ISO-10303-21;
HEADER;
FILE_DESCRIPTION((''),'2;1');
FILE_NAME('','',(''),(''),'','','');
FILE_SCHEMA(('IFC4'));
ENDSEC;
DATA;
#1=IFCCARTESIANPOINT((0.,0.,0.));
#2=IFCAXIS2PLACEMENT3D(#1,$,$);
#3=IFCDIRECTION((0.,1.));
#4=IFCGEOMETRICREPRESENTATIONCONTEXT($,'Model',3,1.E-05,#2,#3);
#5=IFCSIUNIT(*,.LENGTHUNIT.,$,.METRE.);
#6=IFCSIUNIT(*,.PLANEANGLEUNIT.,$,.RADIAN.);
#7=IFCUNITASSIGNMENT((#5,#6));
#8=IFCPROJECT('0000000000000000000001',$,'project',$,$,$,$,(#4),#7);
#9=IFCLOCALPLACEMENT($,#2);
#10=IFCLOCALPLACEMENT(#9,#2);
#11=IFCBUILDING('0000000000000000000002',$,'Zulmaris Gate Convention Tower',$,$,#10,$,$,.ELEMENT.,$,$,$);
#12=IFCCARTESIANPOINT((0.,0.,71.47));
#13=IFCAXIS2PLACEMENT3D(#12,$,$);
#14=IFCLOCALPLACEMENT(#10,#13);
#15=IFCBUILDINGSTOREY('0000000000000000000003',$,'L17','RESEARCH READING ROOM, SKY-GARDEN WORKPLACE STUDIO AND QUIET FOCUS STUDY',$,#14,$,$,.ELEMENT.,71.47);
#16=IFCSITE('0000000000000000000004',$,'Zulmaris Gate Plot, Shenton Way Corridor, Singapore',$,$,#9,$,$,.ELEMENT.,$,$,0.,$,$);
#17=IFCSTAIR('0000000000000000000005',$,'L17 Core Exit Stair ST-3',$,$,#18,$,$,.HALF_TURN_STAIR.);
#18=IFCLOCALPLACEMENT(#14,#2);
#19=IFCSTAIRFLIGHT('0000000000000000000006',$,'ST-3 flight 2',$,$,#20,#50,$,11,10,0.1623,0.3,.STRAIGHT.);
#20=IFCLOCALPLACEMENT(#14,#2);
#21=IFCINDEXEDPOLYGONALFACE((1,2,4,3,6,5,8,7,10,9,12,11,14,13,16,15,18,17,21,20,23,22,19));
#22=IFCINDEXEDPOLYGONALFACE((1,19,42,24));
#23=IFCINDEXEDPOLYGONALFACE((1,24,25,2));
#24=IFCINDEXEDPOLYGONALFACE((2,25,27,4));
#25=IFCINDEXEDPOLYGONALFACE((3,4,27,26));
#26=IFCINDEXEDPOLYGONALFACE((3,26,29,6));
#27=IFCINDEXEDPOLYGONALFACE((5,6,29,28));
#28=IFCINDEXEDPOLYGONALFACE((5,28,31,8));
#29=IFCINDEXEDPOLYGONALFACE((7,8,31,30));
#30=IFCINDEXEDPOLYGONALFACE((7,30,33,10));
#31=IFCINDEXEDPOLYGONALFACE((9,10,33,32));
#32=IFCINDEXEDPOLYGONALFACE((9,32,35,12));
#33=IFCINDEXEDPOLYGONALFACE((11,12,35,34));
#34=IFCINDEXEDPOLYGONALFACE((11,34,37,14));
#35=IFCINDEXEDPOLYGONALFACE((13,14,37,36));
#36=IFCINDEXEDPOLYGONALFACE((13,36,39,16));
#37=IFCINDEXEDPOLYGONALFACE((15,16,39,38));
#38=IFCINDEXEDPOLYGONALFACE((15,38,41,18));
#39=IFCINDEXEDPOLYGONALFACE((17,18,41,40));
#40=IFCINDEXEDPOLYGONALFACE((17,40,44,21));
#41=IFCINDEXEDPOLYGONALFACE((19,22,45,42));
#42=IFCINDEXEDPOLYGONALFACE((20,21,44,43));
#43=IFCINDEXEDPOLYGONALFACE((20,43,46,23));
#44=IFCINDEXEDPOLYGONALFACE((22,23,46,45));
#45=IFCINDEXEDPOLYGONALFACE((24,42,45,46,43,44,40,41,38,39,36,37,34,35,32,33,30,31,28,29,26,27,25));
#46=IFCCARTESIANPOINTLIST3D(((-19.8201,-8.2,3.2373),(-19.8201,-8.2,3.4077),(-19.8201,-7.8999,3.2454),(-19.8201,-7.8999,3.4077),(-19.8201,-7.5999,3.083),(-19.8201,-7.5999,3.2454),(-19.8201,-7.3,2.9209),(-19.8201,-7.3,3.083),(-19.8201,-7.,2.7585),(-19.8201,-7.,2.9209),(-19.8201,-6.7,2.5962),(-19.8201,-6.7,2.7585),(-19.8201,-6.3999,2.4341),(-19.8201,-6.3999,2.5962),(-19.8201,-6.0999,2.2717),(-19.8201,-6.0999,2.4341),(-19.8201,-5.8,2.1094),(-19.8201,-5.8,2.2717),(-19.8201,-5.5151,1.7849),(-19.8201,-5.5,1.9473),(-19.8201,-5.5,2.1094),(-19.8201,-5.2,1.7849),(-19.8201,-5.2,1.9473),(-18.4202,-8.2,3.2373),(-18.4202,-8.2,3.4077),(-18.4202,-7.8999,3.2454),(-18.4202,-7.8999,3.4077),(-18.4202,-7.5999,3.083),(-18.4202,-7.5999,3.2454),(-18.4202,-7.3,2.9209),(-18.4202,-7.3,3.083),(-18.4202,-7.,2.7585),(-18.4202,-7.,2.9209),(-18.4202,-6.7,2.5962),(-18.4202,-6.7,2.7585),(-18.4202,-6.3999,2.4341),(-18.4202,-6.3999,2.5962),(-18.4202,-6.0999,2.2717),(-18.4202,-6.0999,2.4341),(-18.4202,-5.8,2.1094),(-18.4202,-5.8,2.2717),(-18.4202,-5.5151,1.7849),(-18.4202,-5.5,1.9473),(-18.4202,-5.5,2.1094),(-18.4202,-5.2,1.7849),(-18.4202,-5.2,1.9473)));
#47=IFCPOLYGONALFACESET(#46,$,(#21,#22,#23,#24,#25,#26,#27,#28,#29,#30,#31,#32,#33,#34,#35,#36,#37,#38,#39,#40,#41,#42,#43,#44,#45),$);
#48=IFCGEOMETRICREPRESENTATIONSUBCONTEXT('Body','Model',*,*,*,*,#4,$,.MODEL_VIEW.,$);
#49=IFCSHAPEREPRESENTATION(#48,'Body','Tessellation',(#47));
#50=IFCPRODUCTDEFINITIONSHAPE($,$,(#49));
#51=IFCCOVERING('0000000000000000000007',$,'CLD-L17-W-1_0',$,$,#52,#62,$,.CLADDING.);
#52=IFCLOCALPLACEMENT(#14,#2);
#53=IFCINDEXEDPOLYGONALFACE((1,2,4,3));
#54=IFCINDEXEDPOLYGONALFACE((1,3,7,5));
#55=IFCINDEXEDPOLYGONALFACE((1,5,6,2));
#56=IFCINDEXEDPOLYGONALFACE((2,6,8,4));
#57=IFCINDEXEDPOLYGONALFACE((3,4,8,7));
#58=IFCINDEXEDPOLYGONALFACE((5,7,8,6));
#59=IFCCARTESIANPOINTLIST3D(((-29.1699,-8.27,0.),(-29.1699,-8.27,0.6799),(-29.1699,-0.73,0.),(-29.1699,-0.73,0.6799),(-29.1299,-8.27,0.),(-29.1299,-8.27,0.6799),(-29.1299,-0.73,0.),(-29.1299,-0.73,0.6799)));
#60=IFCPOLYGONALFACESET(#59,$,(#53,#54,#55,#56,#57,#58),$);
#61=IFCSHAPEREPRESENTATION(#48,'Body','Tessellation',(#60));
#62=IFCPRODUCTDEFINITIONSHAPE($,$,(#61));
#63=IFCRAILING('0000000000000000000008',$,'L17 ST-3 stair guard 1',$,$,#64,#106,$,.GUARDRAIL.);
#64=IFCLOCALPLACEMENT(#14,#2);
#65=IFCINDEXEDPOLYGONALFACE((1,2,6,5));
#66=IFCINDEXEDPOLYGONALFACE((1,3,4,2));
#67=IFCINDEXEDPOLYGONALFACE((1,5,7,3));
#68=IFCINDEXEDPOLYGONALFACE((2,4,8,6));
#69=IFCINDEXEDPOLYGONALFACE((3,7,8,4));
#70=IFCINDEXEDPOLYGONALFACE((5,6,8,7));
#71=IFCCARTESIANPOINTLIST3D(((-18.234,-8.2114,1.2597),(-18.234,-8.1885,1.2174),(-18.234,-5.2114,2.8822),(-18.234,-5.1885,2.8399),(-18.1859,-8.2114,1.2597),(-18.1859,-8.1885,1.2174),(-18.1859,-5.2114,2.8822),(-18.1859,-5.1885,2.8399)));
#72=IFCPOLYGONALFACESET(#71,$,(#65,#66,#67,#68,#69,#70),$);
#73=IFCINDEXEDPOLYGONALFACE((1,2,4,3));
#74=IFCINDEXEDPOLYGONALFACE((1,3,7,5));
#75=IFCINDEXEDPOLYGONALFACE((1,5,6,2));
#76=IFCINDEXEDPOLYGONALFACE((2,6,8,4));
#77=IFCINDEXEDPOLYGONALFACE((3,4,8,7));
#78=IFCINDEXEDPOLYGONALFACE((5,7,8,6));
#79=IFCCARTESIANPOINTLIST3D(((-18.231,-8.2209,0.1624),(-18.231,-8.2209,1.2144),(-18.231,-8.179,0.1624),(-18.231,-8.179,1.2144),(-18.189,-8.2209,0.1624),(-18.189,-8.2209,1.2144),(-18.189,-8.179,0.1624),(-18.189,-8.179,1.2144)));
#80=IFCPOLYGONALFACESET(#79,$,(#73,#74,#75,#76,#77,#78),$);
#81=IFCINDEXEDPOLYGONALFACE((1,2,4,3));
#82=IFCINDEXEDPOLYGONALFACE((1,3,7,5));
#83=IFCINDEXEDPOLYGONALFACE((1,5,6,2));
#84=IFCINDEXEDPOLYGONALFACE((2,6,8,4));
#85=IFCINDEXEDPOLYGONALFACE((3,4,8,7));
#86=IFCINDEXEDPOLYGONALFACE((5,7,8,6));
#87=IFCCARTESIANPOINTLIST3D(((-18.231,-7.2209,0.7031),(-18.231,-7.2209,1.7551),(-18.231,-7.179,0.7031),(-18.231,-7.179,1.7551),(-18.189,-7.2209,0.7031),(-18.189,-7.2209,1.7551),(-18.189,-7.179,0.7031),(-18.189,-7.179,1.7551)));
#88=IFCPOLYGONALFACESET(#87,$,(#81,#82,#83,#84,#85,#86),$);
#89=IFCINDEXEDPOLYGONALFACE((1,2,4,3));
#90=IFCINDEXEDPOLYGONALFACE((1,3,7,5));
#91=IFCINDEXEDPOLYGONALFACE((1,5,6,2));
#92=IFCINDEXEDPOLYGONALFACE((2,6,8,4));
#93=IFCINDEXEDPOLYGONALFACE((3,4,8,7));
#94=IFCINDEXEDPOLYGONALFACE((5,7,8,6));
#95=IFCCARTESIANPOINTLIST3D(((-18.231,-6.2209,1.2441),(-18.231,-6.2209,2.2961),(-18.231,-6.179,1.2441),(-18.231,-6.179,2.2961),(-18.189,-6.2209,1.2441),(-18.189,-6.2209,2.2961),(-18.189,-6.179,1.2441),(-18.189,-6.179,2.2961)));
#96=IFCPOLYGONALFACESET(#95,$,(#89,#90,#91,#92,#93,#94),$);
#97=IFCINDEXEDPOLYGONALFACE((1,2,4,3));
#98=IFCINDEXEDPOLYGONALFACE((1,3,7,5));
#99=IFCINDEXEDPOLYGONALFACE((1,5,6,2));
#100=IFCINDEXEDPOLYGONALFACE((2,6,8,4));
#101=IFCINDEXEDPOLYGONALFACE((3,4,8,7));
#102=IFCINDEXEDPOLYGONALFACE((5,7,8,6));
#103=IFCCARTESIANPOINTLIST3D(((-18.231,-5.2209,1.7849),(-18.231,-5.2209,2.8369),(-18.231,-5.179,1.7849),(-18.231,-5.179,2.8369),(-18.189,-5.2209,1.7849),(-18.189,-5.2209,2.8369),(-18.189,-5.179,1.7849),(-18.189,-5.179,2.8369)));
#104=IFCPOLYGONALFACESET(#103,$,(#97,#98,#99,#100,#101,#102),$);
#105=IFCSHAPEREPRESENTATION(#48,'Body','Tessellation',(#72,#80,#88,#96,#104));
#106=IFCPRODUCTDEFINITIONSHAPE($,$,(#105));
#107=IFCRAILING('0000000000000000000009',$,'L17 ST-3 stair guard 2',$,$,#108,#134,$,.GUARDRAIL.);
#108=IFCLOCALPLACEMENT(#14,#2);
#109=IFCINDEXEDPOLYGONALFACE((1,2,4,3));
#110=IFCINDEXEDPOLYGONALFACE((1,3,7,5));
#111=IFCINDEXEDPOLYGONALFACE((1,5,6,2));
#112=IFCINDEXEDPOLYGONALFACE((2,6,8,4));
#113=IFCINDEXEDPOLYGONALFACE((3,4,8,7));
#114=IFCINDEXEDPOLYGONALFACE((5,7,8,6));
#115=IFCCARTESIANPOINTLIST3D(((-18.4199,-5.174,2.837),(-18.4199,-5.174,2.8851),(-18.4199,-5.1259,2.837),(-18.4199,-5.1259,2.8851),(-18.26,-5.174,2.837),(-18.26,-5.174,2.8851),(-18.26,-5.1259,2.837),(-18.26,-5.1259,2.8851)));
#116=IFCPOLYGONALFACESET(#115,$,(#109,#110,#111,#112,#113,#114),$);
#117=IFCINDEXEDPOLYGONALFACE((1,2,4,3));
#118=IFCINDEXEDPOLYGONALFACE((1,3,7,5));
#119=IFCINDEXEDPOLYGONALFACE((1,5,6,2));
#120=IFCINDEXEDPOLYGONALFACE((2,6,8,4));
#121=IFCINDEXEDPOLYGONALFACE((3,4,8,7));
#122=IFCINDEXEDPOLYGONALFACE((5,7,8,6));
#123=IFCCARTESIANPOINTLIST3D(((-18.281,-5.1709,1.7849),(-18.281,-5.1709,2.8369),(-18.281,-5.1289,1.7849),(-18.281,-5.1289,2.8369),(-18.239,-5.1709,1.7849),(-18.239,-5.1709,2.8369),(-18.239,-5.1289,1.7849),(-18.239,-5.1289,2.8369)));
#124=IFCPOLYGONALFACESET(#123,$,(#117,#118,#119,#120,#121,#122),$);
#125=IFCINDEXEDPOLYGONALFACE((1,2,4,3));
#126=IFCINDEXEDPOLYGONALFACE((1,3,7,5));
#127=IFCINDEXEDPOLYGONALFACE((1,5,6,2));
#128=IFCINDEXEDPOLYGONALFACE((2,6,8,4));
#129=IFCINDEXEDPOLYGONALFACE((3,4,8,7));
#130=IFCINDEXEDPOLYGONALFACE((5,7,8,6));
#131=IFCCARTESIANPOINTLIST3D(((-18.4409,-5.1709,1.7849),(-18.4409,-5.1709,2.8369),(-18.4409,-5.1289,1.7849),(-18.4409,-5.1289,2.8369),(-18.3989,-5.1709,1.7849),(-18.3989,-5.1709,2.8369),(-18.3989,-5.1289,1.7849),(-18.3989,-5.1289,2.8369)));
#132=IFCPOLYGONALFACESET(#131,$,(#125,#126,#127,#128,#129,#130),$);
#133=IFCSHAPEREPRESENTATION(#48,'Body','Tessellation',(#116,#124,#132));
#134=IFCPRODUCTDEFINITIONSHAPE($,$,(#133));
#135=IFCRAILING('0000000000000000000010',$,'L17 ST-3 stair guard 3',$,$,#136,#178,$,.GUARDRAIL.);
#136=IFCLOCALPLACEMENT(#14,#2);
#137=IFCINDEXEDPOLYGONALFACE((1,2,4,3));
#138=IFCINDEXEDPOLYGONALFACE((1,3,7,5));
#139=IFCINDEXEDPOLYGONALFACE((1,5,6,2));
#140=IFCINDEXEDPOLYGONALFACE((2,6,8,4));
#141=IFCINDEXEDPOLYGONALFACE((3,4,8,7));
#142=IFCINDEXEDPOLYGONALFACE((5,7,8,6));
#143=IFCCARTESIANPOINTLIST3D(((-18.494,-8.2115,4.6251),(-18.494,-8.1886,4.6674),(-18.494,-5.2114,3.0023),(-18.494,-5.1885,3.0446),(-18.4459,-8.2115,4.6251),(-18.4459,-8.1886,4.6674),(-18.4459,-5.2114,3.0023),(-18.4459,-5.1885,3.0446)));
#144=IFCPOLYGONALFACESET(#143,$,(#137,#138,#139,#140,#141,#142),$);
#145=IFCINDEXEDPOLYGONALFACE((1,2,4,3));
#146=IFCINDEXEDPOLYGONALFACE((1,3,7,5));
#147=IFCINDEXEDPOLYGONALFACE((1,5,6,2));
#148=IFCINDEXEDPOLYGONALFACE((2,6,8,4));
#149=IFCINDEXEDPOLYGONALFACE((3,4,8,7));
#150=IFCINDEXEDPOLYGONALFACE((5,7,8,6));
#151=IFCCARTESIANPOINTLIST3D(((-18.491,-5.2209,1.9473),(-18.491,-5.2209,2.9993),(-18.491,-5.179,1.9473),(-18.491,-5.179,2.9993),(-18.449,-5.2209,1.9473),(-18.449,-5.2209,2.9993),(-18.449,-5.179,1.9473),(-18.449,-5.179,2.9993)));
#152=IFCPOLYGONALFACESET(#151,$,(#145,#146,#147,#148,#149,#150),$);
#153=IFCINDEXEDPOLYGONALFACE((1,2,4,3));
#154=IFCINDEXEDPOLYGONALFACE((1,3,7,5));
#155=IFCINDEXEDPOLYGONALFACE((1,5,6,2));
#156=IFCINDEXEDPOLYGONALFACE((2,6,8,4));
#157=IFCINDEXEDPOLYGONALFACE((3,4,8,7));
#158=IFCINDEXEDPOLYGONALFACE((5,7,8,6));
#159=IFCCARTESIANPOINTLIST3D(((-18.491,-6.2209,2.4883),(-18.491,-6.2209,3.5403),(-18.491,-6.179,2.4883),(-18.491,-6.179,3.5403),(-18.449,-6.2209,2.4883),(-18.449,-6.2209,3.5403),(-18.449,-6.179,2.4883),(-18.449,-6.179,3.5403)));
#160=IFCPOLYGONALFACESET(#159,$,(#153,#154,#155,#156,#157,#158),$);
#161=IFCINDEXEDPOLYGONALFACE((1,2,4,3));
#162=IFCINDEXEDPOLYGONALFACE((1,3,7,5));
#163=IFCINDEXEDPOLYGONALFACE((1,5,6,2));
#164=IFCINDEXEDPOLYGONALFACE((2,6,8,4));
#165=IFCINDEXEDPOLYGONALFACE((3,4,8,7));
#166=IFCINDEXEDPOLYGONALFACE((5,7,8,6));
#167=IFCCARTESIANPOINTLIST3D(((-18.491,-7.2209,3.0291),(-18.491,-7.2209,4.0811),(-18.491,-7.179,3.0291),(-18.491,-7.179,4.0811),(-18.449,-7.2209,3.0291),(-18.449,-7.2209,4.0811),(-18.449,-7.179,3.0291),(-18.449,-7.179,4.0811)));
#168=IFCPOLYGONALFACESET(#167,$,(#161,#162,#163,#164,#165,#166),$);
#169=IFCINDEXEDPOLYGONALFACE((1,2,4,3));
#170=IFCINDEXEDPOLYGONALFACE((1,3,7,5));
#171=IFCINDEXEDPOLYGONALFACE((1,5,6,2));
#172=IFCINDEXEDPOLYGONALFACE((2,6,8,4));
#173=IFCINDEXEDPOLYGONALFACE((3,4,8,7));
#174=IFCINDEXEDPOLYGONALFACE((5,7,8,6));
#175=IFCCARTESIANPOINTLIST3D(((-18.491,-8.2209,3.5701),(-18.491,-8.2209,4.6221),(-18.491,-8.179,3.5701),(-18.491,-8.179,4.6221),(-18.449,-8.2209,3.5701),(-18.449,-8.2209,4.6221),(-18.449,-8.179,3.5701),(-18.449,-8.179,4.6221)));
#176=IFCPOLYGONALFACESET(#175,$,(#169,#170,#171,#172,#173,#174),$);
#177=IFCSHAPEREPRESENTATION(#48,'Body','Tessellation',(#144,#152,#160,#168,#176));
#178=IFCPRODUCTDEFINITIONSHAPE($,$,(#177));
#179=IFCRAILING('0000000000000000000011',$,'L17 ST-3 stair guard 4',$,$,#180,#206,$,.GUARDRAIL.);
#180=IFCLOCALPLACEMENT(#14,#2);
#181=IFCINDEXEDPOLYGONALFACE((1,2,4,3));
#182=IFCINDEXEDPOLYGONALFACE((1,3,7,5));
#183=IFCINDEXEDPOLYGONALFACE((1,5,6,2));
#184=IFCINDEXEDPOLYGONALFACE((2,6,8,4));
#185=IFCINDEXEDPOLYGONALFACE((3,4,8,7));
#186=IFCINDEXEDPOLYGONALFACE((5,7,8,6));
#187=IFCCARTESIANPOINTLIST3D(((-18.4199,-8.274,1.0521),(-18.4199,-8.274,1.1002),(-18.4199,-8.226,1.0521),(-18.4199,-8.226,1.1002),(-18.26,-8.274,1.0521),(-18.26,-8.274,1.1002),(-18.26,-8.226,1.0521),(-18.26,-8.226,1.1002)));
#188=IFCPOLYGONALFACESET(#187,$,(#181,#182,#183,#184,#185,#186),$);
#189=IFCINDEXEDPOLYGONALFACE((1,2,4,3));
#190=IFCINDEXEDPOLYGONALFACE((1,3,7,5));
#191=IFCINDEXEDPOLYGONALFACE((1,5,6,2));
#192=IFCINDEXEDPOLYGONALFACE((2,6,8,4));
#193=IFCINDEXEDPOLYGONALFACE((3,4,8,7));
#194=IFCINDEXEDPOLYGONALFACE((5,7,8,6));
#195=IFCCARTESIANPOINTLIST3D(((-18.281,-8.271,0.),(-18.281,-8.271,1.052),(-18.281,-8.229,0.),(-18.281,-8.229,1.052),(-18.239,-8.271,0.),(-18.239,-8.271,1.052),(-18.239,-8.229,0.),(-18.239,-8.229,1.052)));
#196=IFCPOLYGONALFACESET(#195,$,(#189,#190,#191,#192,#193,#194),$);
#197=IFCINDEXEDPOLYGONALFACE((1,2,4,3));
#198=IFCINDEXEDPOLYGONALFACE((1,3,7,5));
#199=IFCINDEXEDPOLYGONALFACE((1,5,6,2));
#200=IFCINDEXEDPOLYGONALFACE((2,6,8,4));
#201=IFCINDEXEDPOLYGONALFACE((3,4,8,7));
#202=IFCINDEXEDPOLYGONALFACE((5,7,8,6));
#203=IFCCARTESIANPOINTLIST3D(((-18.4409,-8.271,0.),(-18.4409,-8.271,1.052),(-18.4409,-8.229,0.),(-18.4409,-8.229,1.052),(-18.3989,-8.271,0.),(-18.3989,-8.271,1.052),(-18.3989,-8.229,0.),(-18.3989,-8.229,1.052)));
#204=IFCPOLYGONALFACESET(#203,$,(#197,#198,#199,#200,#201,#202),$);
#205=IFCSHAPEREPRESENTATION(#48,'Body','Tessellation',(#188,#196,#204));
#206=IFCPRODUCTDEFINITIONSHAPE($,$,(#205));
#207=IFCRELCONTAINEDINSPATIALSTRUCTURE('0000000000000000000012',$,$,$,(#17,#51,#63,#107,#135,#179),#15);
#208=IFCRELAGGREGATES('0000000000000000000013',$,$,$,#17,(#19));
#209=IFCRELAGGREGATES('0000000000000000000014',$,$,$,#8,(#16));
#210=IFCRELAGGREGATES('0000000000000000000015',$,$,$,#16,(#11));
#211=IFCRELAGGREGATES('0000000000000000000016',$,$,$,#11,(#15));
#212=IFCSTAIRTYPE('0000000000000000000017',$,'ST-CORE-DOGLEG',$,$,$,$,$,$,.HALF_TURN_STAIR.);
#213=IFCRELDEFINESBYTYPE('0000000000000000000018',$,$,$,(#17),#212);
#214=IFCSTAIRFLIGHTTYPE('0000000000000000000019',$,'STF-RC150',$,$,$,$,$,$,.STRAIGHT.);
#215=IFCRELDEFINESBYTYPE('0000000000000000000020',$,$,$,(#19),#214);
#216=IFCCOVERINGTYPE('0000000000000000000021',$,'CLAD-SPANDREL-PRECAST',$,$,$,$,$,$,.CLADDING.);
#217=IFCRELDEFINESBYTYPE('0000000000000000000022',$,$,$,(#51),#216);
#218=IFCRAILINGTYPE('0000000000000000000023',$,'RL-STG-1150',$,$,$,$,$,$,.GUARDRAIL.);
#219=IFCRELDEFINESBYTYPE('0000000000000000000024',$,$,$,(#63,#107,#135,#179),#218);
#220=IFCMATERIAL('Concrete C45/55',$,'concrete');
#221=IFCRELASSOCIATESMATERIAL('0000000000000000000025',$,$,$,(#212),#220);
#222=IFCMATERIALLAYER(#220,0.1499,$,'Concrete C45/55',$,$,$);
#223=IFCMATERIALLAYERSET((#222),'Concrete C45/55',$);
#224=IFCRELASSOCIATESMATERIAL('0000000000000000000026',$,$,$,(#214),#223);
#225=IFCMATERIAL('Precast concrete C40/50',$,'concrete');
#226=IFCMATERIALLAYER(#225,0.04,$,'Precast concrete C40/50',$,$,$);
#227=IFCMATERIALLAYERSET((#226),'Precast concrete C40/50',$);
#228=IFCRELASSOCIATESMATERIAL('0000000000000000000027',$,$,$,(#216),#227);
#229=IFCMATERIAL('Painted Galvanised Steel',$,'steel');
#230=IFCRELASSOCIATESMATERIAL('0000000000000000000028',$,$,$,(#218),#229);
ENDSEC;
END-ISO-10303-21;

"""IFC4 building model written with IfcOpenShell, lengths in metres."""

from ifc_helpers import new_model, si_unit, direction, frame, frame_2d, origin, origin_2d, place, context, subcontext, project, spatial, polyline, rectangle, outline, extrude, material, layer, layer_set, type_object, element, aggregate, save


model = new_model("IFC4")

# Units and contexts
model_context = context("Model", 3, precision=1e-05, world=origin(), true_north=direction((0.0, 1.0)))
body_context = subcontext(model_context, "Body", "Model", "MODEL_VIEW")
ifc_project = project(units=[si_unit("LENGTHUNIT", "METRE"), si_unit("PLANEANGLEUNIT", "RADIAN")], contexts=[model_context])

# Site, building, storey
site_placement = place(None, origin())
site = spatial("IfcSite", under=ifc_project, at=site_placement, Name="Zulmaris Gate Plot, Shenton Way Corridor, Singapore", CompositionType="ELEMENT", RefElevation=0.0)
building_placement = place(site_placement, origin())
building = spatial("IfcBuilding", under=site, at=building_placement, Name="Zulmaris Gate Convention Tower", CompositionType="ELEMENT")
storey_placement = place(building_placement, frame((0.0, 0.0, 71.47)))
storey = spatial("IfcBuildingStorey", under=building, at=storey_placement, Name="L17", Description="RESEARCH READING ROOM, SKY-GARDEN WORKPLACE STUDIO AND QUIET FOCUS STUDY", CompositionType="ELEMENT", Elevation=71.47)

# Shared definitions
ifc_material_1 = material(Name="Precast concrete C40/50", Category="concrete")

# Stair, stair flight
ifc_material_2 = material(Name="Concrete C45/55", Category="concrete")
stair_type = type_object("IfcStairType", Name="ST-CORE-DOGLEG", PredefinedType="HALF_TURN_STAIR", material=ifc_material_2)
stair_placement = place(storey_placement, origin())
stair = element("IfcStair", 1, at=stair_placement, inside=storey, type_object=stair_type, Name="L17 Core Exit Stair ST-3", PredefinedType="HALF_TURN_STAIR")
ifc_layer_1 = layer(ifc_material_2, 0.1499, Name="Concrete C45/55")
ifc_layer_set_1 = layer_set([ifc_layer_1], Name="Concrete C45/55")
stair_flight_type = type_object("IfcStairFlightType", Name="STF-RC150", PredefinedType="STRAIGHT", material=ifc_layer_set_1)
stair_flight_1_placement = place(storey_placement, frame((-19.1201, -5.2, 1.7849), z_axis=(0.0, 0.0, 1.0), x_axis=(0.0, -1.0, 0.0)))
stair_flight_1 = element("IfcStairFlight", 2, at=stair_flight_1_placement, type_object=stair_flight_type, Name="ST-3 flight 2", NumberOfRisers=11, NumberOfTreads=10, PredefinedType="STRAIGHT", RiserHeight=0.1623, TreadLength=0.3, context=body_context, shape_type="SweptSolid", body=[
    extrude(outline(polyline([(0.0, 0.0), (0.0, 0.1624), (0.3, 0.1624), (0.3, 0.3245), (0.6001, 0.3245), (0.6001, 0.4868), (0.8999, 0.4868), (0.8999, 0.6492), (1.2, 0.6492), (1.2, 0.8113), (1.5, 0.8113), (1.5, 0.9736), (1.8, 0.9736), (1.8, 1.136), (2.1001, 1.136), (2.1001, 1.2981), (2.3999, 1.2981), (2.3999, 1.4604), (2.7, 1.4604), (2.7, 1.6228), (3.0, 1.6228), (3.0, 1.7849), (3.0, 1.4524), (0.3152, 0.0), (0.0, 0.0)])), frame((0.0, 0.7, 0.0), z_axis=(0.0, -1.0, 0.0), x_axis=(1.0, 0.0, 0.0)), (0.0, 0.0, 1.0), 1.3999),
])
aggregate(stair, [stair_flight_1])

# Covering
ifc_layer_2 = layer(ifc_material_1, 0.04, Name="Precast concrete C40/50")
ifc_layer_set_2 = layer_set([ifc_layer_2], Name="Precast concrete C40/50")
covering_type = type_object("IfcCoveringType", Name="CLAD-SPANDREL-PRECAST", PredefinedType="CLADDING", material=ifc_layer_set_2)
covering_placement = place(storey_placement, frame((-29.1499, -0.73, 0.0), z_axis=(0.0, 0.0, 1.0), x_axis=(0.0, -1.0, 0.0)))
element("IfcCovering", 3, at=covering_placement, inside=storey, type_object=covering_type, Name="CLD-L17-W-1_0", PredefinedType="CLADDING", context=body_context, shape_type="SweptSolid", body=[
    extrude(rectangle(XDim=7.54, YDim=0.04, at=frame_2d((3.77, 0.0))), origin(), (0.0, 0.0, 1.0), 0.6799),
])

# Railings
ifc_material_3 = material(Name="Painted Galvanised Steel", Category="steel")
railing_type_1 = type_object("IfcRailingType", Name="RL-STG-1150", PredefinedType="GUARDRAIL", material=ifc_material_3)
railing_1_placement = place(storey_placement, frame((-18.21, -8.2, 0.1624)))
element("IfcRailing", 4, at=railing_1_placement, inside=storey, type_object=railing_type_1, Name="L17 ST-3 stair guard 1", PredefinedType="GUARDRAIL", context=body_context, shape_type="SweptSolid", body=[
    extrude(rectangle(XDim=0.0481, YDim=0.0481, at=origin_2d()), frame((0.0, 0.0, 1.0762), z_axis=(0.0, 0.879592, 0.47573), x_axis=(-1.0, 0.0, 0.0)), (0.0, 0.0, 1.0), 3.4106),
    extrude(rectangle(XDim=0.042, YDim=0.042, at=origin_2d()), origin(), (0.0, 0.0, 1.0), 1.052),
    extrude(rectangle(XDim=0.042, YDim=0.042, at=origin_2d()), frame((0.0, 1.0, 0.5408)), (0.0, 0.0, 1.0), 1.052),
    extrude(rectangle(XDim=0.042, YDim=0.042, at=origin_2d()), frame((0.0, 2.0, 1.0818)), (0.0, 0.0, 1.0), 1.052),
    extrude(rectangle(XDim=0.042, YDim=0.042, at=origin_2d()), frame((0.0, 3.0, 1.6226)), (0.0, 0.0, 1.0), 1.052),
])
railing_2_placement = place(storey_placement, frame((-18.26, -5.1499, 1.7849)))
element("IfcRailing", 5, at=railing_2_placement, inside=storey, type_object=railing_type_1, Name="L17 ST-3 stair guard 2", PredefinedType="GUARDRAIL", context=body_context, shape_type="SweptSolid", body=[
    extrude(rectangle(XDim=0.0481, YDim=0.0481, at=origin_2d()), frame((0.0, 0.0, 1.0762), z_axis=(-1.0, 0.0, 0.0), x_axis=(0.0, -1.0, 0.0)), (0.0, 0.0, 1.0), 0.1599),
    extrude(rectangle(XDim=0.042, YDim=0.042, at=origin_2d()), origin(), (0.0, 0.0, 1.0), 1.052),
    extrude(rectangle(XDim=0.042, YDim=0.042, at=origin_2d()), frame((-0.1599, 0.0, 0.0)), (0.0, 0.0, 1.0), 1.052),
])
railing_3_placement = place(storey_placement, frame((-18.47, -5.2, 1.9473)))
element("IfcRailing", 6, at=railing_3_placement, inside=storey, type_object=railing_type_1, Name="L17 ST-3 stair guard 3", PredefinedType="GUARDRAIL", context=body_context, shape_type="SweptSolid", body=[
    extrude(rectangle(XDim=0.0481, YDim=0.0481, at=origin_2d()), frame((0.0, 0.0, 1.0762), z_axis=(0.0, -0.879562, 0.475785), x_axis=(1.0, 0.0, 0.0)), (0.0, 0.0, 1.0), 3.4109),
    extrude(rectangle(XDim=0.042, YDim=0.042, at=origin_2d()), origin(), (0.0, 0.0, 1.0), 1.052),
    extrude(rectangle(XDim=0.042, YDim=0.042, at=origin_2d()), frame((0.0, -1.0, 0.541)), (0.0, 0.0, 1.0), 1.052),
    extrude(rectangle(XDim=0.042, YDim=0.042, at=origin_2d()), frame((0.0, -2.0, 1.0818)), (0.0, 0.0, 1.0), 1.052),
    extrude(rectangle(XDim=0.042, YDim=0.042, at=origin_2d()), frame((0.0, -3.0, 1.6228)), (0.0, 0.0, 1.0), 1.052),
])
railing_4_placement = place(storey_placement, frame((-18.26, -8.25, 0.0)))
element("IfcRailing", 7, at=railing_4_placement, inside=storey, type_object=railing_type_1, Name="L17 ST-3 stair guard 4", PredefinedType="GUARDRAIL", context=body_context, shape_type="SweptSolid", body=[
    extrude(rectangle(XDim=0.0481, YDim=0.0481, at=origin_2d()), frame((0.0, 0.0, 1.0762), z_axis=(-1.0, 0.0, 0.0), x_axis=(0.0, -1.0, 0.0)), (0.0, 0.0, 1.0), 0.1599),
    extrude(rectangle(XDim=0.042, YDim=0.042, at=origin_2d()), origin(), (0.0, 0.0, 1.0), 1.052),
    extrude(rectangle(XDim=0.042, YDim=0.042, at=origin_2d()), frame((-0.1599, 0.0, 0.0)), (0.0, 0.0, 1.0), 1.052),
])

save(model, "model.ifc")
